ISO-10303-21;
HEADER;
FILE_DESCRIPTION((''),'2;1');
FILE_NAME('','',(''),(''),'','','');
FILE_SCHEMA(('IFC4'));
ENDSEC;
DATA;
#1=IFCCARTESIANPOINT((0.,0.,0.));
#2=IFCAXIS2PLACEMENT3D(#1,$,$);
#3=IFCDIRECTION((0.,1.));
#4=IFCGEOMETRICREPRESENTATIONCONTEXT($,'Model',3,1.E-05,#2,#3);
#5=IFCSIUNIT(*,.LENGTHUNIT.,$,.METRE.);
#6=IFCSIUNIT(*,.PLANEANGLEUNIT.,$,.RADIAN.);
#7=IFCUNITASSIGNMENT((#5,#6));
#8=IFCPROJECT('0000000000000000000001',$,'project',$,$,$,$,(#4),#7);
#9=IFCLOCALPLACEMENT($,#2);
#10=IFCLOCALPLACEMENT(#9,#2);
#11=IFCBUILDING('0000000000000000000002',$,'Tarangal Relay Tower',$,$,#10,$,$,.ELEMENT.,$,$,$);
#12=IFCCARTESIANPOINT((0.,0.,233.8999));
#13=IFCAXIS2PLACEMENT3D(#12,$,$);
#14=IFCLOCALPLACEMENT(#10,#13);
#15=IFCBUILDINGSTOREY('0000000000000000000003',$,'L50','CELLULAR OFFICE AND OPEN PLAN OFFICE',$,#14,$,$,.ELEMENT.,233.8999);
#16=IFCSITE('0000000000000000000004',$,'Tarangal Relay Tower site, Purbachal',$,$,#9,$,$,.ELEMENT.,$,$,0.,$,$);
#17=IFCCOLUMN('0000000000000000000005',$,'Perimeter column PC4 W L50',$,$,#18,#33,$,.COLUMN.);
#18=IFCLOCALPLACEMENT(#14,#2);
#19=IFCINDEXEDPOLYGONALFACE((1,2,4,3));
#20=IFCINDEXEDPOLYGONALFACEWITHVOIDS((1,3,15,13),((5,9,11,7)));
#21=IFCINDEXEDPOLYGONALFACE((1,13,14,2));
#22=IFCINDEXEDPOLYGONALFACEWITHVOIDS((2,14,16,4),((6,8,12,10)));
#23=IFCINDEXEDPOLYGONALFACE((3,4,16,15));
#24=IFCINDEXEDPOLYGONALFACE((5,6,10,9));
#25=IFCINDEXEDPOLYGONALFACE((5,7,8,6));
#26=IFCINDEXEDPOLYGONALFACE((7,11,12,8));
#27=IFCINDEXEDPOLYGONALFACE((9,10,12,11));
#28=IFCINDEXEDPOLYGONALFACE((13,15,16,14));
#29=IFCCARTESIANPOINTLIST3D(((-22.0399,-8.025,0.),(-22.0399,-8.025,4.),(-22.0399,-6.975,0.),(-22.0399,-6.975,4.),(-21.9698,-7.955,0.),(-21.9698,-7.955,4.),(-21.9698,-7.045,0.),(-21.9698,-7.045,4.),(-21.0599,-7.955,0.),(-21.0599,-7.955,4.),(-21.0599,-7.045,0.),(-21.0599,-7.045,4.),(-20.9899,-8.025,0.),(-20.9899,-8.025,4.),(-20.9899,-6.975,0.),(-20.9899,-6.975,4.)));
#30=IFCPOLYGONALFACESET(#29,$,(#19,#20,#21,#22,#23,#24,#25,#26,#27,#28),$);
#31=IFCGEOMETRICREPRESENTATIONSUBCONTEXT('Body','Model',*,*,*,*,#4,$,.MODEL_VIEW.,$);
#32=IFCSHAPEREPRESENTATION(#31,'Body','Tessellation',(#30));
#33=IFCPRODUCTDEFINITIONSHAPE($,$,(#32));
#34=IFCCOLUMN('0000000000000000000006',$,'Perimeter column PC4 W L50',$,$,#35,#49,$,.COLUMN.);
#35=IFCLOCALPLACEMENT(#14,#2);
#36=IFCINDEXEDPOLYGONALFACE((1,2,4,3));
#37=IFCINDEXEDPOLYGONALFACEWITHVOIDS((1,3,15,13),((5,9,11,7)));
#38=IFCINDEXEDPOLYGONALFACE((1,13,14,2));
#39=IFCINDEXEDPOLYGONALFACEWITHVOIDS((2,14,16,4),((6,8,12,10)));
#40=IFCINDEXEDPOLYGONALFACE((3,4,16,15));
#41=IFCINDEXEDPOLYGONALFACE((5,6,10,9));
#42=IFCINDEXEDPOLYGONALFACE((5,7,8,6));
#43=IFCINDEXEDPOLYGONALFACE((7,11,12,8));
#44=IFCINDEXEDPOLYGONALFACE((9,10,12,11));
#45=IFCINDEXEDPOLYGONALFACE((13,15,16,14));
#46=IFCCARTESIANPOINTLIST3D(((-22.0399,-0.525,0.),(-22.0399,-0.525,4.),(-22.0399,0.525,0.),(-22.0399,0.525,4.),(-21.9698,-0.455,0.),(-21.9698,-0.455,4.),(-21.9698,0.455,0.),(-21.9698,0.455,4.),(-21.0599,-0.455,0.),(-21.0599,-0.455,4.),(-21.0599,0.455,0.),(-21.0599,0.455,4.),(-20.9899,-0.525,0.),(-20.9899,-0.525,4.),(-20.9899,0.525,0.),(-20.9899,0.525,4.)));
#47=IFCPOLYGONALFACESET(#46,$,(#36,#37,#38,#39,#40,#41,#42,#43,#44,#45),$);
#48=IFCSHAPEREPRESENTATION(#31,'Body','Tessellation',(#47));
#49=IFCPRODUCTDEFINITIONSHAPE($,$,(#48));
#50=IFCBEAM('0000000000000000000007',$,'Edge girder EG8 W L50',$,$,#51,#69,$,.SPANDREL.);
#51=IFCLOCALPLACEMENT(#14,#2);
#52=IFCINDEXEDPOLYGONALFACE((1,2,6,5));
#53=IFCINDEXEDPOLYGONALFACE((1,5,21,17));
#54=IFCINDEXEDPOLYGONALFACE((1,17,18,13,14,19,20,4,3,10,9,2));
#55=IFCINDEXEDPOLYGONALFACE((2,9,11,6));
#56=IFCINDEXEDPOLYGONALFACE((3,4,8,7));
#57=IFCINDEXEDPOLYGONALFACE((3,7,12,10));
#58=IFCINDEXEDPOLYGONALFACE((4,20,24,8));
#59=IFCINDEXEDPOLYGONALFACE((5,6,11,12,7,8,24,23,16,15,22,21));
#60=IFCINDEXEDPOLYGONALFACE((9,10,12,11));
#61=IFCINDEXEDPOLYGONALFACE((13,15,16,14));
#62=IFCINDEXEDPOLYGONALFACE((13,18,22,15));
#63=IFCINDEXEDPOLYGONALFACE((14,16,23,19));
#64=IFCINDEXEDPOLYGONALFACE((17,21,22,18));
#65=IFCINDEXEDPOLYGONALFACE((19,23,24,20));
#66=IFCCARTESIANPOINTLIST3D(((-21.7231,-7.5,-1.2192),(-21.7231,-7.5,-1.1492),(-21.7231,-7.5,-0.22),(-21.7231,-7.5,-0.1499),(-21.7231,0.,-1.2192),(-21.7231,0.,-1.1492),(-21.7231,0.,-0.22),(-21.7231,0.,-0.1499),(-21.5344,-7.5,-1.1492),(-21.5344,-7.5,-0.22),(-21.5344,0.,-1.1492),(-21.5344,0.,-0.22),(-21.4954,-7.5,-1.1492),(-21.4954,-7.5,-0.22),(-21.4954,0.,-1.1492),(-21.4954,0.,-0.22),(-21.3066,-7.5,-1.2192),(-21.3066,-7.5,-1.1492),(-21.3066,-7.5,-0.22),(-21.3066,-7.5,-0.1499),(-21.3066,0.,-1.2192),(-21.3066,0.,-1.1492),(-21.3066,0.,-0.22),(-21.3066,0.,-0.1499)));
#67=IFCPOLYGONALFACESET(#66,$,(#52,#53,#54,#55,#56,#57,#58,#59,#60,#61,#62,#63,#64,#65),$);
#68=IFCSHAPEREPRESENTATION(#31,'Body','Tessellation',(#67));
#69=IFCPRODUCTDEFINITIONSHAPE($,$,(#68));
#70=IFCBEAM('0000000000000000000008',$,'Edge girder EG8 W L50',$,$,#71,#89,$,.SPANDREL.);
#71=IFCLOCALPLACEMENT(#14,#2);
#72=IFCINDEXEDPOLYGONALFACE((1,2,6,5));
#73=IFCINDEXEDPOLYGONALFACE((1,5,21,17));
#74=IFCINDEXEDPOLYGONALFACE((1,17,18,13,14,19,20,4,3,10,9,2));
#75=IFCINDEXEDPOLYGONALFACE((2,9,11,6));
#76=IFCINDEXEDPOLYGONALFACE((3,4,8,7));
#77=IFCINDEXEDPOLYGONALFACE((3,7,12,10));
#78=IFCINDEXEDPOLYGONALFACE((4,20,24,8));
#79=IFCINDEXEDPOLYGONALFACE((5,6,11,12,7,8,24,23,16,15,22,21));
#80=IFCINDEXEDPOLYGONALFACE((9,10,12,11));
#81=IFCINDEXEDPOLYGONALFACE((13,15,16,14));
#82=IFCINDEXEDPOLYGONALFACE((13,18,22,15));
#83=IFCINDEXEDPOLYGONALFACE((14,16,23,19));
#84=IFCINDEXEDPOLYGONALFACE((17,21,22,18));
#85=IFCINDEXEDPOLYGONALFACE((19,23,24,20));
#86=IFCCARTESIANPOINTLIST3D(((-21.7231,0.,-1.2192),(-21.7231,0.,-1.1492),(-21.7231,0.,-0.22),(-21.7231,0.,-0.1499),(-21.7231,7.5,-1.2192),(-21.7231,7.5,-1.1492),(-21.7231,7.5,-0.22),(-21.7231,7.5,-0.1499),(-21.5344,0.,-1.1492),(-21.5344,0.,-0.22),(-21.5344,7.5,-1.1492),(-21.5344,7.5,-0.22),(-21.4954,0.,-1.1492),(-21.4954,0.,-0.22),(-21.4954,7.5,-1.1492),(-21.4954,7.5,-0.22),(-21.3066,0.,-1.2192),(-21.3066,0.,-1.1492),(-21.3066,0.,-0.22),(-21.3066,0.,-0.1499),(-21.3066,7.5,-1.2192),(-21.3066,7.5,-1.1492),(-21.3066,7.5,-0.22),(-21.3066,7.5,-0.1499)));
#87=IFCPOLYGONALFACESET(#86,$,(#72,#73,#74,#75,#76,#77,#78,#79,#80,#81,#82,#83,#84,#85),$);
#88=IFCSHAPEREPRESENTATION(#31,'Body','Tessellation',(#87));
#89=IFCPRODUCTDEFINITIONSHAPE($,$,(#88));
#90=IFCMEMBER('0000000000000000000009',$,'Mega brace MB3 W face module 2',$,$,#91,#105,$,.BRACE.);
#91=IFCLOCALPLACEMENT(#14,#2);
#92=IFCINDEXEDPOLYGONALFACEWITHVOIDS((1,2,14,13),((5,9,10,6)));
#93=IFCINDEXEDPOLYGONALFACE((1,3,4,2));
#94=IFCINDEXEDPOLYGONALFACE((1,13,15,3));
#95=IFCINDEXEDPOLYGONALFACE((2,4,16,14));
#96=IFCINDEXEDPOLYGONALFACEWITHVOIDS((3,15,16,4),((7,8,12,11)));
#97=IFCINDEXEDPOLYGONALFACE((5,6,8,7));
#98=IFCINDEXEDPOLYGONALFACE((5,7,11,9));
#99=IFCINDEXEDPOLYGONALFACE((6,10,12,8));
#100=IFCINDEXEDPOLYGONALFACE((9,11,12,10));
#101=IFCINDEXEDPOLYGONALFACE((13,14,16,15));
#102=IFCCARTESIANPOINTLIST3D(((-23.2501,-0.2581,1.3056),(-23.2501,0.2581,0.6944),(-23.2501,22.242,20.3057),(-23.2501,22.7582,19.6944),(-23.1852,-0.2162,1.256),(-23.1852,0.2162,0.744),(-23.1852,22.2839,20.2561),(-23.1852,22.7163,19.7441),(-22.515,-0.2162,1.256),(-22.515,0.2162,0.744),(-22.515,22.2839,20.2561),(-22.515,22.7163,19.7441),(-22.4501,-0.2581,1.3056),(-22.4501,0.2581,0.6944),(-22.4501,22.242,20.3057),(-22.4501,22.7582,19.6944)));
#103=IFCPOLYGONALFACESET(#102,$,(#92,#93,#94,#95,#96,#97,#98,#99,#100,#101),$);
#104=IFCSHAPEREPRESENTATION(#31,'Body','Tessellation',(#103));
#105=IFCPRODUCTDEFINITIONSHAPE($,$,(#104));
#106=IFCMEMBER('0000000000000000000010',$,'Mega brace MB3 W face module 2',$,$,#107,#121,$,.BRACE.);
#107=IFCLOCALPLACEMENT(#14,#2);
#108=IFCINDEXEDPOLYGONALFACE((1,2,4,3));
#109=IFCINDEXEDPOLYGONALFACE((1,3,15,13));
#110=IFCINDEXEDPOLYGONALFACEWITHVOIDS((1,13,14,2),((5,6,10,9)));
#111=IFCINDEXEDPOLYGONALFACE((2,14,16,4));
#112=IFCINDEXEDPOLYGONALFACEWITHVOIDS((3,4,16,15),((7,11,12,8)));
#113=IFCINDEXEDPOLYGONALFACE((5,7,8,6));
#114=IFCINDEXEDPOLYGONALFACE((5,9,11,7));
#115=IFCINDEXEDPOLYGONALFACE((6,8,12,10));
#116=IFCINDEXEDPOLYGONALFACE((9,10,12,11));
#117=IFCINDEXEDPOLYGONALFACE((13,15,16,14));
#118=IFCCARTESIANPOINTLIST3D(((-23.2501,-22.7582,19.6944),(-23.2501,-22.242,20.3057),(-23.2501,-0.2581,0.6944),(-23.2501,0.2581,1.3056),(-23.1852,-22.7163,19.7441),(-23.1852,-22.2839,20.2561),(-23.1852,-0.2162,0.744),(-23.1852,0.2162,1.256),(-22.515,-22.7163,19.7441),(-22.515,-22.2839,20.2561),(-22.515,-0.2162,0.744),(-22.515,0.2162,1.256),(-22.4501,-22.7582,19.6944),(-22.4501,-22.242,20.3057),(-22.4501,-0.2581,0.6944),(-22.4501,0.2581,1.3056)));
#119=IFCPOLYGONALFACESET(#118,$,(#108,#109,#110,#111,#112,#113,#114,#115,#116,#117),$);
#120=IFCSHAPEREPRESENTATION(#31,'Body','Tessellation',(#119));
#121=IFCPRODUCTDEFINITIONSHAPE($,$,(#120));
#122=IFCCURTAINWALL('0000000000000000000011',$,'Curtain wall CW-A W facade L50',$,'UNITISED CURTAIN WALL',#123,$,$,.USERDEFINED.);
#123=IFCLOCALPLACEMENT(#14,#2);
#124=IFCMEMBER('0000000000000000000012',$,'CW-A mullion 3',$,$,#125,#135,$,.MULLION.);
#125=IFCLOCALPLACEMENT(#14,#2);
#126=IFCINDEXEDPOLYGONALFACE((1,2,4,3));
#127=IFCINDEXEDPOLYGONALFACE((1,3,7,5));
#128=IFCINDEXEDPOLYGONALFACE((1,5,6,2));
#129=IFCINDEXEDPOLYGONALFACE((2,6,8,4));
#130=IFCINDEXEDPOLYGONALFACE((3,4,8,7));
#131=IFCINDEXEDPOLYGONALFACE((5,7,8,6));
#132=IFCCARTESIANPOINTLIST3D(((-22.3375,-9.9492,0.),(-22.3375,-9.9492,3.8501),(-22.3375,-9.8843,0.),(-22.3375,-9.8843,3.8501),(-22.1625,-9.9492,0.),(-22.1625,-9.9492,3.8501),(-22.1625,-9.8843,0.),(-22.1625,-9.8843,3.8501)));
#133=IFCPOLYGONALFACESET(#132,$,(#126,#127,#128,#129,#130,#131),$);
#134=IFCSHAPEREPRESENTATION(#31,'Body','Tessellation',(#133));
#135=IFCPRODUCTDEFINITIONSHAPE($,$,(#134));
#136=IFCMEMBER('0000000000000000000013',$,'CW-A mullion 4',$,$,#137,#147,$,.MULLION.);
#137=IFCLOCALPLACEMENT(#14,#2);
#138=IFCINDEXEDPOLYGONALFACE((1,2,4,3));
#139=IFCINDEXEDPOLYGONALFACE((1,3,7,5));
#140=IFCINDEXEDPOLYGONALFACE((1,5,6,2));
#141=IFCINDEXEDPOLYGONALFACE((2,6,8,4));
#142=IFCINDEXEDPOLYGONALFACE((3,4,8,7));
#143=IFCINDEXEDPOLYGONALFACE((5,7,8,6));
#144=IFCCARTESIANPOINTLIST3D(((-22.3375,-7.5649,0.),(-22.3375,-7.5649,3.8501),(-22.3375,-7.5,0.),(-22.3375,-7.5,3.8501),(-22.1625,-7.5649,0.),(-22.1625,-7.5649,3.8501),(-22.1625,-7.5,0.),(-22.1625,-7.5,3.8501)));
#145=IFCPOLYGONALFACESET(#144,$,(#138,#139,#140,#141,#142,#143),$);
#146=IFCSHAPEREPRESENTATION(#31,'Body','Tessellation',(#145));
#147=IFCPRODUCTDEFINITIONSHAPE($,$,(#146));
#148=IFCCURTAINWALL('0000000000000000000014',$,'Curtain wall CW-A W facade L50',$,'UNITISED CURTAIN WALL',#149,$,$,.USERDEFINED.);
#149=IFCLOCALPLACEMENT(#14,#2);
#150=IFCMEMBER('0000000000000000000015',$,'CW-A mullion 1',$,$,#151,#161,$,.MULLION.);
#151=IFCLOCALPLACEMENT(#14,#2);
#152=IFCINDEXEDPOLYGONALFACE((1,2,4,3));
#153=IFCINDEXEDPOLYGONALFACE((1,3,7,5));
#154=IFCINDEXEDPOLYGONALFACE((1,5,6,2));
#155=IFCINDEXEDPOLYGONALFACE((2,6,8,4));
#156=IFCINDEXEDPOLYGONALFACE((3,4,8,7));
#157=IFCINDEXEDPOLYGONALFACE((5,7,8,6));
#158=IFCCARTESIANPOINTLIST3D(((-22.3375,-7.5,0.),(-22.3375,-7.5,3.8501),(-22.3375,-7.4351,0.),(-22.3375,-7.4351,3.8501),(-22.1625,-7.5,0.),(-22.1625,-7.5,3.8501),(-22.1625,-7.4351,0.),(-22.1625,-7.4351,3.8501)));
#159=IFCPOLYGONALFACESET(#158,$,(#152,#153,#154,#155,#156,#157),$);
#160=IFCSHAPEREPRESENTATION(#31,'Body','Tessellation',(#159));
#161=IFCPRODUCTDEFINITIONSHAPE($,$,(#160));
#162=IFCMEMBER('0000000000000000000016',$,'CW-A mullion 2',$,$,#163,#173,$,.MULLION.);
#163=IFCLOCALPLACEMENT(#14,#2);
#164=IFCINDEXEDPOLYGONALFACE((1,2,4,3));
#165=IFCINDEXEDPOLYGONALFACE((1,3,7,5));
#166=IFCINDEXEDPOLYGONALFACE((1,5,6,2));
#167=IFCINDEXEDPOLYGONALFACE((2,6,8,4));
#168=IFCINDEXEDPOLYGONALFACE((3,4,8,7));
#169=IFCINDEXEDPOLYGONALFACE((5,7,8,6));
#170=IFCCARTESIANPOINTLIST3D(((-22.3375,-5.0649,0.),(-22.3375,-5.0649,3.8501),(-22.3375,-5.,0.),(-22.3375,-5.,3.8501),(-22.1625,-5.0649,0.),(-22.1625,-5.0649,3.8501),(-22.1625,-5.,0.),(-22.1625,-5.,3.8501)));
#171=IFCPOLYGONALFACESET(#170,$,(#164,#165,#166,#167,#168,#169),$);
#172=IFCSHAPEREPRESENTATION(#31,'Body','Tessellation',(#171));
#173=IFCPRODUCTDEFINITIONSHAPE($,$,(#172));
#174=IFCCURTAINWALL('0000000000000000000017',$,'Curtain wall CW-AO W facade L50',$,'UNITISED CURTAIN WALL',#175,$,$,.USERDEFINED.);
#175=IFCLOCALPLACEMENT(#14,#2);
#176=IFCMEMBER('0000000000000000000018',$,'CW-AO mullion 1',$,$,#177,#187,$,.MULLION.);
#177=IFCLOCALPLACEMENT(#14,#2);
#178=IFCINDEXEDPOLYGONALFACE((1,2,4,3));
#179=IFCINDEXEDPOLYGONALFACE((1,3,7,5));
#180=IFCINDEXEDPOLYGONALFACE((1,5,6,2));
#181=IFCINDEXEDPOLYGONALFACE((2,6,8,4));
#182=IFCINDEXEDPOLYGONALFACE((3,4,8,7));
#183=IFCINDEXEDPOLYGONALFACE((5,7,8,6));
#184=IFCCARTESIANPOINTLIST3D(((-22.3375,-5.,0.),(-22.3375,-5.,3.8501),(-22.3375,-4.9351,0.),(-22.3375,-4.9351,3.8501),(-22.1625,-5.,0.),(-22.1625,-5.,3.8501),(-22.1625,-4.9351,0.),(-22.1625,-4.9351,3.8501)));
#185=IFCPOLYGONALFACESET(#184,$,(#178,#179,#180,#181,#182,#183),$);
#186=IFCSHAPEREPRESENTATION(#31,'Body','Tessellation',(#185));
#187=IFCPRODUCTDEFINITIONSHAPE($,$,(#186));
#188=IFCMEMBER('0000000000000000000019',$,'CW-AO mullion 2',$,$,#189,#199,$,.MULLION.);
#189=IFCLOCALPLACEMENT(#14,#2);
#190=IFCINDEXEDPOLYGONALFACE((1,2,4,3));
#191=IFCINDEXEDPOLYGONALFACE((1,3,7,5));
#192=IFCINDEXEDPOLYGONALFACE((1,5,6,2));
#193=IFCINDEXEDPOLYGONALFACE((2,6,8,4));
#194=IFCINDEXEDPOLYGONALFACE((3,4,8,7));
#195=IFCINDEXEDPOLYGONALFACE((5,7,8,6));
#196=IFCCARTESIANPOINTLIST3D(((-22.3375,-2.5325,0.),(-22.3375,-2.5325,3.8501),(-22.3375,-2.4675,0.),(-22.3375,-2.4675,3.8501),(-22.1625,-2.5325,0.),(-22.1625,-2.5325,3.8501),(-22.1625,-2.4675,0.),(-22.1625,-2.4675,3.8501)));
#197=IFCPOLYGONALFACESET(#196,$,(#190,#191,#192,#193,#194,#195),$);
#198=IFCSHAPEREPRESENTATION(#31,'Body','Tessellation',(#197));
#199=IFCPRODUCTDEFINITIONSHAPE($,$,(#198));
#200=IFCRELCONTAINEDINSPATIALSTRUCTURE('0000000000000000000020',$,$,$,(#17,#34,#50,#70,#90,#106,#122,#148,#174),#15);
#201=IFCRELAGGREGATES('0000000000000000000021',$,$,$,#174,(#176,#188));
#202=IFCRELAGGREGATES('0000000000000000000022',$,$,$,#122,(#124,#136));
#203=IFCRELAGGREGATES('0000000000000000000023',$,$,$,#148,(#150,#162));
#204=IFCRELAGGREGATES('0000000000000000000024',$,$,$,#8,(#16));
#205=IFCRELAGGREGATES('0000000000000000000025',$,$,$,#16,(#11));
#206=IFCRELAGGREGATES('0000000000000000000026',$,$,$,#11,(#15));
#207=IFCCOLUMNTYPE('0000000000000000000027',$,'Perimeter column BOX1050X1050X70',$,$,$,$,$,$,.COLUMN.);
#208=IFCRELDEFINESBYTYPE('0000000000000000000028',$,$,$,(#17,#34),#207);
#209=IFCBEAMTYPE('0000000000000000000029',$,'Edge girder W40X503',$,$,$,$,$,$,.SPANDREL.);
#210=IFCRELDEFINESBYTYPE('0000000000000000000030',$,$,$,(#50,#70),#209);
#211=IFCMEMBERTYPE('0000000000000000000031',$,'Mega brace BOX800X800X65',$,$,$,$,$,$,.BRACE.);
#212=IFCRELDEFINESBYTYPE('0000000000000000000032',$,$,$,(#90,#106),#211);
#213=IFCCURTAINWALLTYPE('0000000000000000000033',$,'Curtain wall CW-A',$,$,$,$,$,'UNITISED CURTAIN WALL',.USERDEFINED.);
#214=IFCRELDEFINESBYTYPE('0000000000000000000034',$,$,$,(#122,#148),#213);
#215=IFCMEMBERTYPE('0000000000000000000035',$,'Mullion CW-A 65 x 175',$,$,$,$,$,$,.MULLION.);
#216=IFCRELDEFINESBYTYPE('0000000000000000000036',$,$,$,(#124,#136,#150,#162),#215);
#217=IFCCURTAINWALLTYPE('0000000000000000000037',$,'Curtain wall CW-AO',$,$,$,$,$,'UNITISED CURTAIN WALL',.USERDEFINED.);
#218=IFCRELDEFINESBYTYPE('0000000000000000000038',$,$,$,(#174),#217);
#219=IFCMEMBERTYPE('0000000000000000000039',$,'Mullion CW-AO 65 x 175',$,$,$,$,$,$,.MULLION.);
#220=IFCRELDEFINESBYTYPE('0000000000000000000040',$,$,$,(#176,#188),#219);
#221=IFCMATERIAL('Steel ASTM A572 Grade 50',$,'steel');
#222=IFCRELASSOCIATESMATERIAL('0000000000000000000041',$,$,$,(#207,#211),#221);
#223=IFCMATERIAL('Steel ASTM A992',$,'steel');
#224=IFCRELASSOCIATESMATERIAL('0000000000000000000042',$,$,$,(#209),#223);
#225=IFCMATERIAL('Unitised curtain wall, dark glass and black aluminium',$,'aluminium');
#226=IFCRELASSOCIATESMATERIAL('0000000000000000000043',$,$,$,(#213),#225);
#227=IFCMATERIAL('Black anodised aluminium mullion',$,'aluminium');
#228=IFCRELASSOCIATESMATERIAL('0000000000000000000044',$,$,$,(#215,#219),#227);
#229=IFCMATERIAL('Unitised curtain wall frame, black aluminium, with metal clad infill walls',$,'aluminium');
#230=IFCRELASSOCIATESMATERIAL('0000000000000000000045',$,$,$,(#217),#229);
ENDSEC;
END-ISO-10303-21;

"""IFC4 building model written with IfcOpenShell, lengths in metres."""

from ifc_helpers import new_model, si_unit, direction, frame, origin, origin_2d, place, context, subcontext, project, spatial, rectangle, hollow_rectangle, i_section, extrude, material, material_profile, profile_set, type_object, element, aggregate, save


model = new_model("IFC4")

# Units and contexts
model_context = context("Model", 3, precision=1e-05, world=origin(), true_north=direction((0.0, 1.0)))
body_context = subcontext(model_context, "Body", "Model", "MODEL_VIEW")
ifc_project = project(units=[si_unit("LENGTHUNIT", "METRE"), si_unit("PLANEANGLEUNIT", "RADIAN")], contexts=[model_context])

# Site, building, storey
site_placement = place(None, origin())
site = spatial("IfcSite", under=ifc_project, at=site_placement, Name="Tarangal Relay Tower site, Purbachal", CompositionType="ELEMENT", RefElevation=0.0)
building_placement = place(site_placement, origin())
building = spatial("IfcBuilding", under=site, at=building_placement, Name="Tarangal Relay Tower", CompositionType="ELEMENT")
storey_placement = place(building_placement, frame((0.0, 0.0, 233.8999)))
storey = spatial("IfcBuildingStorey", under=building, at=storey_placement, Name="L50", Description="CELLULAR OFFICE AND OPEN PLAN OFFICE", CompositionType="ELEMENT", Elevation=233.8999)

# Columns
ifc_material_1 = material(Name="Steel ASTM A572 Grade 50", Category="steel")
ifc_material_profile_1 = material_profile(ifc_material_1, hollow_rectangle(XDim=1.05, YDim=1.05, WallThickness=0.0701, at=origin_2d()), Name="BOX1050X1050X70")
ifc_profile_set_1 = profile_set([ifc_material_profile_1], Name="Steel ASTM A572 Grade 50")
column_type = type_object("IfcColumnType", Name="Perimeter column BOX1050X1050X70", PredefinedType="COLUMN", material=ifc_profile_set_1)
for number, where, z_axis, x_axis, name in (
    (1, (-21.5149, -7.5, 0.0), (0.0, 0.0, 1.0), (1.0, 0.0, 0.0), "Perimeter column PC4 W L50"),
    (2, (-21.5149, 0.0, 0.0), (0.0, 0.0, 1.0), (1.0, 0.0, 0.0), "Perimeter column PC4 W L50"),
):
    element("IfcColumn", number, at=place(storey_placement, frame(where, z_axis=z_axis, x_axis=x_axis)), inside=storey, type_object=column_type, Name=name, PredefinedType="COLUMN", context=body_context, shape_type="SweptSolid", body=[
        extrude(hollow_rectangle(XDim=1.05, YDim=1.05, WallThickness=0.0701, at=origin_2d()), origin(), (0.0, 0.0, 1.0), 4.0),
    ])

# Beams
ifc_material_2 = material(Name="Steel ASTM A992", Category="steel")
ifc_material_profile_2 = material_profile(ifc_material_2, i_section(OverallWidth=0.4165, OverallDepth=1.0693, WebThickness=0.0391, FlangeThickness=0.0701, at=origin_2d()), Name="W40X503")
ifc_profile_set_2 = profile_set([ifc_material_profile_2], Name="Steel ASTM A992")
beam_type = type_object("IfcBeamType", Name="Edge girder W40X503", PredefinedType="SPANDREL", material=ifc_profile_set_2)
for number, where, z_axis, x_axis, name in (
    (3, (-21.5149, -7.5, -0.6846), (0.0, 1.0, 0.0), (-1.0, 0.0, 0.0), "Edge girder EG8 W L50"),
    (4, (-21.5149, 0.0, -0.6846), (0.0, 1.0, 0.0), (-1.0, 0.0, 0.0), "Edge girder EG8 W L50"),
):
    element("IfcBeam", number, at=place(storey_placement, frame(where, z_axis=z_axis, x_axis=x_axis)), inside=storey, type_object=beam_type, Name=name, PredefinedType="SPANDREL", context=body_context, shape_type="SweptSolid", body=[
        extrude(i_section(OverallWidth=0.4165, OverallDepth=1.0693, WebThickness=0.0391, FlangeThickness=0.0701, at=origin_2d()), origin(), (0.0, 0.0, 1.0), 7.5),
    ])

# Members
ifc_material_profile_3 = material_profile(ifc_material_1, hollow_rectangle(XDim=0.8, YDim=0.8, WallThickness=0.0649, at=origin_2d()), Name="BOX800X800X65")
ifc_profile_set_3 = profile_set([ifc_material_profile_3], Name="Steel ASTM A572 Grade 50")
member_type_1 = type_object("IfcMemberType", Name="Mega brace BOX800X800X65", PredefinedType="BRACE", material=ifc_profile_set_3)
for number, where, z_axis, x_axis, name in (
    (5, (-22.8501, 0.0, 1.0), (0.0, 0.76403, 0.645181), (-1.0, 0.0, 0.0), "Mega brace MB3 W face module 2"),
    (6, (-22.8501, 0.0, 1.0), (0.0, -0.76403, 0.645181), (1.0, 0.0, 0.0), "Mega brace MB3 W face module 2"),
):
    element("IfcMember", number, at=place(storey_placement, frame(where, z_axis=z_axis, x_axis=x_axis)), inside=storey, type_object=member_type_1, Name=name, PredefinedType="BRACE", context=body_context, shape_type="SweptSolid", body=[
        extrude(hollow_rectangle(XDim=0.8, YDim=0.8, WallThickness=0.0649, at=origin_2d()), origin(), (0.0, 0.0, 1.0), 29.4492),
    ])

# Curtain walls, members
ifc_material_3 = material(Name="Unitised curtain wall, dark glass and black aluminium", Category="aluminium")
curtain_wall_type_1 = type_object("IfcCurtainWallType", Name="Curtain wall CW-A", ElementType="UNITISED CURTAIN WALL", PredefinedType="USERDEFINED", material=ifc_material_3)
curtain_wall_1_placement = place(storey_placement, origin())
curtain_wall_1 = element("IfcCurtainWall", 7, at=curtain_wall_1_placement, inside=storey, type_object=curtain_wall_type_1, Name="Curtain wall CW-A W facade L50", ObjectType="UNITISED CURTAIN WALL", PredefinedType="USERDEFINED")
ifc_material_4 = material(Name="Black anodised aluminium mullion", Category="aluminium")
ifc_material_profile_4 = material_profile(ifc_material_4, rectangle(XDim=0.175, YDim=0.0649, at=origin_2d()), Name="CW-AM 65X175")
ifc_profile_set_4 = profile_set([ifc_material_profile_4], Name="Black anodised aluminium mullion")
member_type_2 = type_object("IfcMemberType", Name="Mullion CW-A 65 x 175", PredefinedType="MULLION", material=ifc_profile_set_4)
member_1_placement = place(storey_placement, frame((-22.25, -9.9167, 0.0), z_axis=(0.0, 0.0, 1.0), x_axis=(-1.0, 0.0, 0.0)))
member_1 = element("IfcMember", 8, at=member_1_placement, type_object=member_type_2, Name="CW-A mullion 3", PredefinedType="MULLION", context=body_context, shape_type="SweptSolid", body=[
    extrude(rectangle(XDim=0.175, YDim=0.0649, at=origin_2d()), origin(), (0.0, 0.0, 1.0), 3.8501),
])
member_2_placement = place(storey_placement, frame((-22.25, -7.5325, 0.0), z_axis=(0.0, 0.0, 1.0), x_axis=(-1.0, 0.0, 0.0)))
member_2 = element("IfcMember", 9, at=member_2_placement, type_object=member_type_2, Name="CW-A mullion 4", PredefinedType="MULLION", context=body_context, shape_type="SweptSolid", body=[
    extrude(rectangle(XDim=0.175, YDim=0.0649, at=origin_2d()), origin(), (0.0, 0.0, 1.0), 3.8501),
])
curtain_wall_2_placement = place(storey_placement, origin())
curtain_wall_2 = element("IfcCurtainWall", 10, at=curtain_wall_2_placement, inside=storey, type_object=curtain_wall_type_1, Name="Curtain wall CW-A W facade L50", ObjectType="UNITISED CURTAIN WALL", PredefinedType="USERDEFINED")
member_3_placement = place(storey_placement, frame((-22.25, -7.4675, 0.0), z_axis=(0.0, 0.0, 1.0), x_axis=(-1.0, 0.0, 0.0)))
member_3 = element("IfcMember", 11, at=member_3_placement, type_object=member_type_2, Name="CW-A mullion 1", PredefinedType="MULLION", context=body_context, shape_type="SweptSolid", body=[
    extrude(rectangle(XDim=0.175, YDim=0.0649, at=origin_2d()), origin(), (0.0, 0.0, 1.0), 3.8501),
])
member_4_placement = place(storey_placement, frame((-22.25, -5.0325, 0.0), z_axis=(0.0, 0.0, 1.0), x_axis=(-1.0, 0.0, 0.0)))
member_4 = element("IfcMember", 12, at=member_4_placement, type_object=member_type_2, Name="CW-A mullion 2", PredefinedType="MULLION", context=body_context, shape_type="SweptSolid", body=[
    extrude(rectangle(XDim=0.175, YDim=0.0649, at=origin_2d()), origin(), (0.0, 0.0, 1.0), 3.8501),
])
ifc_material_5 = material(Name="Unitised curtain wall frame, black aluminium, with metal clad infill walls", Category="aluminium")
curtain_wall_type_2 = type_object("IfcCurtainWallType", Name="Curtain wall CW-AO", ElementType="UNITISED CURTAIN WALL", PredefinedType="USERDEFINED", material=ifc_material_5)
curtain_wall_3_placement = place(storey_placement, origin())
curtain_wall_3 = element("IfcCurtainWall", 13, at=curtain_wall_3_placement, inside=storey, type_object=curtain_wall_type_2, Name="Curtain wall CW-AO W facade L50", ObjectType="UNITISED CURTAIN WALL", PredefinedType="USERDEFINED")
ifc_material_profile_5 = material_profile(ifc_material_4, rectangle(XDim=0.175, YDim=0.0649, at=origin_2d()), Name="CW-AOM 65X175")
ifc_profile_set_5 = profile_set([ifc_material_profile_5], Name="Black anodised aluminium mullion")
member_type_3 = type_object("IfcMemberType", Name="Mullion CW-AO 65 x 175", PredefinedType="MULLION", material=ifc_profile_set_5)
member_5_placement = place(storey_placement, frame((-22.25, -4.9675, 0.0), z_axis=(0.0, 0.0, 1.0), x_axis=(-1.0, 0.0, 0.0)))
member_5 = element("IfcMember", 14, at=member_5_placement, type_object=member_type_3, Name="CW-AO mullion 1", PredefinedType="MULLION", context=body_context, shape_type="SweptSolid", body=[
    extrude(rectangle(XDim=0.175, YDim=0.0649, at=origin_2d()), origin(), (0.0, 0.0, 1.0), 3.8501),
])
member_6_placement = place(storey_placement, frame((-22.25, -2.5, 0.0), z_axis=(0.0, 0.0, 1.0), x_axis=(-1.0, 0.0, 0.0)))
member_6 = element("IfcMember", 15, at=member_6_placement, type_object=member_type_3, Name="CW-AO mullion 2", PredefinedType="MULLION", context=body_context, shape_type="SweptSolid", body=[
    extrude(rectangle(XDim=0.175, YDim=0.0649, at=origin_2d()), origin(), (0.0, 0.0, 1.0), 3.8501),
])

aggregate(curtain_wall_3, [member_5, member_6])

aggregate(curtain_wall_1, [member_1, member_2])
aggregate(curtain_wall_2, [member_3, member_4])

save(model, "model.ifc")
